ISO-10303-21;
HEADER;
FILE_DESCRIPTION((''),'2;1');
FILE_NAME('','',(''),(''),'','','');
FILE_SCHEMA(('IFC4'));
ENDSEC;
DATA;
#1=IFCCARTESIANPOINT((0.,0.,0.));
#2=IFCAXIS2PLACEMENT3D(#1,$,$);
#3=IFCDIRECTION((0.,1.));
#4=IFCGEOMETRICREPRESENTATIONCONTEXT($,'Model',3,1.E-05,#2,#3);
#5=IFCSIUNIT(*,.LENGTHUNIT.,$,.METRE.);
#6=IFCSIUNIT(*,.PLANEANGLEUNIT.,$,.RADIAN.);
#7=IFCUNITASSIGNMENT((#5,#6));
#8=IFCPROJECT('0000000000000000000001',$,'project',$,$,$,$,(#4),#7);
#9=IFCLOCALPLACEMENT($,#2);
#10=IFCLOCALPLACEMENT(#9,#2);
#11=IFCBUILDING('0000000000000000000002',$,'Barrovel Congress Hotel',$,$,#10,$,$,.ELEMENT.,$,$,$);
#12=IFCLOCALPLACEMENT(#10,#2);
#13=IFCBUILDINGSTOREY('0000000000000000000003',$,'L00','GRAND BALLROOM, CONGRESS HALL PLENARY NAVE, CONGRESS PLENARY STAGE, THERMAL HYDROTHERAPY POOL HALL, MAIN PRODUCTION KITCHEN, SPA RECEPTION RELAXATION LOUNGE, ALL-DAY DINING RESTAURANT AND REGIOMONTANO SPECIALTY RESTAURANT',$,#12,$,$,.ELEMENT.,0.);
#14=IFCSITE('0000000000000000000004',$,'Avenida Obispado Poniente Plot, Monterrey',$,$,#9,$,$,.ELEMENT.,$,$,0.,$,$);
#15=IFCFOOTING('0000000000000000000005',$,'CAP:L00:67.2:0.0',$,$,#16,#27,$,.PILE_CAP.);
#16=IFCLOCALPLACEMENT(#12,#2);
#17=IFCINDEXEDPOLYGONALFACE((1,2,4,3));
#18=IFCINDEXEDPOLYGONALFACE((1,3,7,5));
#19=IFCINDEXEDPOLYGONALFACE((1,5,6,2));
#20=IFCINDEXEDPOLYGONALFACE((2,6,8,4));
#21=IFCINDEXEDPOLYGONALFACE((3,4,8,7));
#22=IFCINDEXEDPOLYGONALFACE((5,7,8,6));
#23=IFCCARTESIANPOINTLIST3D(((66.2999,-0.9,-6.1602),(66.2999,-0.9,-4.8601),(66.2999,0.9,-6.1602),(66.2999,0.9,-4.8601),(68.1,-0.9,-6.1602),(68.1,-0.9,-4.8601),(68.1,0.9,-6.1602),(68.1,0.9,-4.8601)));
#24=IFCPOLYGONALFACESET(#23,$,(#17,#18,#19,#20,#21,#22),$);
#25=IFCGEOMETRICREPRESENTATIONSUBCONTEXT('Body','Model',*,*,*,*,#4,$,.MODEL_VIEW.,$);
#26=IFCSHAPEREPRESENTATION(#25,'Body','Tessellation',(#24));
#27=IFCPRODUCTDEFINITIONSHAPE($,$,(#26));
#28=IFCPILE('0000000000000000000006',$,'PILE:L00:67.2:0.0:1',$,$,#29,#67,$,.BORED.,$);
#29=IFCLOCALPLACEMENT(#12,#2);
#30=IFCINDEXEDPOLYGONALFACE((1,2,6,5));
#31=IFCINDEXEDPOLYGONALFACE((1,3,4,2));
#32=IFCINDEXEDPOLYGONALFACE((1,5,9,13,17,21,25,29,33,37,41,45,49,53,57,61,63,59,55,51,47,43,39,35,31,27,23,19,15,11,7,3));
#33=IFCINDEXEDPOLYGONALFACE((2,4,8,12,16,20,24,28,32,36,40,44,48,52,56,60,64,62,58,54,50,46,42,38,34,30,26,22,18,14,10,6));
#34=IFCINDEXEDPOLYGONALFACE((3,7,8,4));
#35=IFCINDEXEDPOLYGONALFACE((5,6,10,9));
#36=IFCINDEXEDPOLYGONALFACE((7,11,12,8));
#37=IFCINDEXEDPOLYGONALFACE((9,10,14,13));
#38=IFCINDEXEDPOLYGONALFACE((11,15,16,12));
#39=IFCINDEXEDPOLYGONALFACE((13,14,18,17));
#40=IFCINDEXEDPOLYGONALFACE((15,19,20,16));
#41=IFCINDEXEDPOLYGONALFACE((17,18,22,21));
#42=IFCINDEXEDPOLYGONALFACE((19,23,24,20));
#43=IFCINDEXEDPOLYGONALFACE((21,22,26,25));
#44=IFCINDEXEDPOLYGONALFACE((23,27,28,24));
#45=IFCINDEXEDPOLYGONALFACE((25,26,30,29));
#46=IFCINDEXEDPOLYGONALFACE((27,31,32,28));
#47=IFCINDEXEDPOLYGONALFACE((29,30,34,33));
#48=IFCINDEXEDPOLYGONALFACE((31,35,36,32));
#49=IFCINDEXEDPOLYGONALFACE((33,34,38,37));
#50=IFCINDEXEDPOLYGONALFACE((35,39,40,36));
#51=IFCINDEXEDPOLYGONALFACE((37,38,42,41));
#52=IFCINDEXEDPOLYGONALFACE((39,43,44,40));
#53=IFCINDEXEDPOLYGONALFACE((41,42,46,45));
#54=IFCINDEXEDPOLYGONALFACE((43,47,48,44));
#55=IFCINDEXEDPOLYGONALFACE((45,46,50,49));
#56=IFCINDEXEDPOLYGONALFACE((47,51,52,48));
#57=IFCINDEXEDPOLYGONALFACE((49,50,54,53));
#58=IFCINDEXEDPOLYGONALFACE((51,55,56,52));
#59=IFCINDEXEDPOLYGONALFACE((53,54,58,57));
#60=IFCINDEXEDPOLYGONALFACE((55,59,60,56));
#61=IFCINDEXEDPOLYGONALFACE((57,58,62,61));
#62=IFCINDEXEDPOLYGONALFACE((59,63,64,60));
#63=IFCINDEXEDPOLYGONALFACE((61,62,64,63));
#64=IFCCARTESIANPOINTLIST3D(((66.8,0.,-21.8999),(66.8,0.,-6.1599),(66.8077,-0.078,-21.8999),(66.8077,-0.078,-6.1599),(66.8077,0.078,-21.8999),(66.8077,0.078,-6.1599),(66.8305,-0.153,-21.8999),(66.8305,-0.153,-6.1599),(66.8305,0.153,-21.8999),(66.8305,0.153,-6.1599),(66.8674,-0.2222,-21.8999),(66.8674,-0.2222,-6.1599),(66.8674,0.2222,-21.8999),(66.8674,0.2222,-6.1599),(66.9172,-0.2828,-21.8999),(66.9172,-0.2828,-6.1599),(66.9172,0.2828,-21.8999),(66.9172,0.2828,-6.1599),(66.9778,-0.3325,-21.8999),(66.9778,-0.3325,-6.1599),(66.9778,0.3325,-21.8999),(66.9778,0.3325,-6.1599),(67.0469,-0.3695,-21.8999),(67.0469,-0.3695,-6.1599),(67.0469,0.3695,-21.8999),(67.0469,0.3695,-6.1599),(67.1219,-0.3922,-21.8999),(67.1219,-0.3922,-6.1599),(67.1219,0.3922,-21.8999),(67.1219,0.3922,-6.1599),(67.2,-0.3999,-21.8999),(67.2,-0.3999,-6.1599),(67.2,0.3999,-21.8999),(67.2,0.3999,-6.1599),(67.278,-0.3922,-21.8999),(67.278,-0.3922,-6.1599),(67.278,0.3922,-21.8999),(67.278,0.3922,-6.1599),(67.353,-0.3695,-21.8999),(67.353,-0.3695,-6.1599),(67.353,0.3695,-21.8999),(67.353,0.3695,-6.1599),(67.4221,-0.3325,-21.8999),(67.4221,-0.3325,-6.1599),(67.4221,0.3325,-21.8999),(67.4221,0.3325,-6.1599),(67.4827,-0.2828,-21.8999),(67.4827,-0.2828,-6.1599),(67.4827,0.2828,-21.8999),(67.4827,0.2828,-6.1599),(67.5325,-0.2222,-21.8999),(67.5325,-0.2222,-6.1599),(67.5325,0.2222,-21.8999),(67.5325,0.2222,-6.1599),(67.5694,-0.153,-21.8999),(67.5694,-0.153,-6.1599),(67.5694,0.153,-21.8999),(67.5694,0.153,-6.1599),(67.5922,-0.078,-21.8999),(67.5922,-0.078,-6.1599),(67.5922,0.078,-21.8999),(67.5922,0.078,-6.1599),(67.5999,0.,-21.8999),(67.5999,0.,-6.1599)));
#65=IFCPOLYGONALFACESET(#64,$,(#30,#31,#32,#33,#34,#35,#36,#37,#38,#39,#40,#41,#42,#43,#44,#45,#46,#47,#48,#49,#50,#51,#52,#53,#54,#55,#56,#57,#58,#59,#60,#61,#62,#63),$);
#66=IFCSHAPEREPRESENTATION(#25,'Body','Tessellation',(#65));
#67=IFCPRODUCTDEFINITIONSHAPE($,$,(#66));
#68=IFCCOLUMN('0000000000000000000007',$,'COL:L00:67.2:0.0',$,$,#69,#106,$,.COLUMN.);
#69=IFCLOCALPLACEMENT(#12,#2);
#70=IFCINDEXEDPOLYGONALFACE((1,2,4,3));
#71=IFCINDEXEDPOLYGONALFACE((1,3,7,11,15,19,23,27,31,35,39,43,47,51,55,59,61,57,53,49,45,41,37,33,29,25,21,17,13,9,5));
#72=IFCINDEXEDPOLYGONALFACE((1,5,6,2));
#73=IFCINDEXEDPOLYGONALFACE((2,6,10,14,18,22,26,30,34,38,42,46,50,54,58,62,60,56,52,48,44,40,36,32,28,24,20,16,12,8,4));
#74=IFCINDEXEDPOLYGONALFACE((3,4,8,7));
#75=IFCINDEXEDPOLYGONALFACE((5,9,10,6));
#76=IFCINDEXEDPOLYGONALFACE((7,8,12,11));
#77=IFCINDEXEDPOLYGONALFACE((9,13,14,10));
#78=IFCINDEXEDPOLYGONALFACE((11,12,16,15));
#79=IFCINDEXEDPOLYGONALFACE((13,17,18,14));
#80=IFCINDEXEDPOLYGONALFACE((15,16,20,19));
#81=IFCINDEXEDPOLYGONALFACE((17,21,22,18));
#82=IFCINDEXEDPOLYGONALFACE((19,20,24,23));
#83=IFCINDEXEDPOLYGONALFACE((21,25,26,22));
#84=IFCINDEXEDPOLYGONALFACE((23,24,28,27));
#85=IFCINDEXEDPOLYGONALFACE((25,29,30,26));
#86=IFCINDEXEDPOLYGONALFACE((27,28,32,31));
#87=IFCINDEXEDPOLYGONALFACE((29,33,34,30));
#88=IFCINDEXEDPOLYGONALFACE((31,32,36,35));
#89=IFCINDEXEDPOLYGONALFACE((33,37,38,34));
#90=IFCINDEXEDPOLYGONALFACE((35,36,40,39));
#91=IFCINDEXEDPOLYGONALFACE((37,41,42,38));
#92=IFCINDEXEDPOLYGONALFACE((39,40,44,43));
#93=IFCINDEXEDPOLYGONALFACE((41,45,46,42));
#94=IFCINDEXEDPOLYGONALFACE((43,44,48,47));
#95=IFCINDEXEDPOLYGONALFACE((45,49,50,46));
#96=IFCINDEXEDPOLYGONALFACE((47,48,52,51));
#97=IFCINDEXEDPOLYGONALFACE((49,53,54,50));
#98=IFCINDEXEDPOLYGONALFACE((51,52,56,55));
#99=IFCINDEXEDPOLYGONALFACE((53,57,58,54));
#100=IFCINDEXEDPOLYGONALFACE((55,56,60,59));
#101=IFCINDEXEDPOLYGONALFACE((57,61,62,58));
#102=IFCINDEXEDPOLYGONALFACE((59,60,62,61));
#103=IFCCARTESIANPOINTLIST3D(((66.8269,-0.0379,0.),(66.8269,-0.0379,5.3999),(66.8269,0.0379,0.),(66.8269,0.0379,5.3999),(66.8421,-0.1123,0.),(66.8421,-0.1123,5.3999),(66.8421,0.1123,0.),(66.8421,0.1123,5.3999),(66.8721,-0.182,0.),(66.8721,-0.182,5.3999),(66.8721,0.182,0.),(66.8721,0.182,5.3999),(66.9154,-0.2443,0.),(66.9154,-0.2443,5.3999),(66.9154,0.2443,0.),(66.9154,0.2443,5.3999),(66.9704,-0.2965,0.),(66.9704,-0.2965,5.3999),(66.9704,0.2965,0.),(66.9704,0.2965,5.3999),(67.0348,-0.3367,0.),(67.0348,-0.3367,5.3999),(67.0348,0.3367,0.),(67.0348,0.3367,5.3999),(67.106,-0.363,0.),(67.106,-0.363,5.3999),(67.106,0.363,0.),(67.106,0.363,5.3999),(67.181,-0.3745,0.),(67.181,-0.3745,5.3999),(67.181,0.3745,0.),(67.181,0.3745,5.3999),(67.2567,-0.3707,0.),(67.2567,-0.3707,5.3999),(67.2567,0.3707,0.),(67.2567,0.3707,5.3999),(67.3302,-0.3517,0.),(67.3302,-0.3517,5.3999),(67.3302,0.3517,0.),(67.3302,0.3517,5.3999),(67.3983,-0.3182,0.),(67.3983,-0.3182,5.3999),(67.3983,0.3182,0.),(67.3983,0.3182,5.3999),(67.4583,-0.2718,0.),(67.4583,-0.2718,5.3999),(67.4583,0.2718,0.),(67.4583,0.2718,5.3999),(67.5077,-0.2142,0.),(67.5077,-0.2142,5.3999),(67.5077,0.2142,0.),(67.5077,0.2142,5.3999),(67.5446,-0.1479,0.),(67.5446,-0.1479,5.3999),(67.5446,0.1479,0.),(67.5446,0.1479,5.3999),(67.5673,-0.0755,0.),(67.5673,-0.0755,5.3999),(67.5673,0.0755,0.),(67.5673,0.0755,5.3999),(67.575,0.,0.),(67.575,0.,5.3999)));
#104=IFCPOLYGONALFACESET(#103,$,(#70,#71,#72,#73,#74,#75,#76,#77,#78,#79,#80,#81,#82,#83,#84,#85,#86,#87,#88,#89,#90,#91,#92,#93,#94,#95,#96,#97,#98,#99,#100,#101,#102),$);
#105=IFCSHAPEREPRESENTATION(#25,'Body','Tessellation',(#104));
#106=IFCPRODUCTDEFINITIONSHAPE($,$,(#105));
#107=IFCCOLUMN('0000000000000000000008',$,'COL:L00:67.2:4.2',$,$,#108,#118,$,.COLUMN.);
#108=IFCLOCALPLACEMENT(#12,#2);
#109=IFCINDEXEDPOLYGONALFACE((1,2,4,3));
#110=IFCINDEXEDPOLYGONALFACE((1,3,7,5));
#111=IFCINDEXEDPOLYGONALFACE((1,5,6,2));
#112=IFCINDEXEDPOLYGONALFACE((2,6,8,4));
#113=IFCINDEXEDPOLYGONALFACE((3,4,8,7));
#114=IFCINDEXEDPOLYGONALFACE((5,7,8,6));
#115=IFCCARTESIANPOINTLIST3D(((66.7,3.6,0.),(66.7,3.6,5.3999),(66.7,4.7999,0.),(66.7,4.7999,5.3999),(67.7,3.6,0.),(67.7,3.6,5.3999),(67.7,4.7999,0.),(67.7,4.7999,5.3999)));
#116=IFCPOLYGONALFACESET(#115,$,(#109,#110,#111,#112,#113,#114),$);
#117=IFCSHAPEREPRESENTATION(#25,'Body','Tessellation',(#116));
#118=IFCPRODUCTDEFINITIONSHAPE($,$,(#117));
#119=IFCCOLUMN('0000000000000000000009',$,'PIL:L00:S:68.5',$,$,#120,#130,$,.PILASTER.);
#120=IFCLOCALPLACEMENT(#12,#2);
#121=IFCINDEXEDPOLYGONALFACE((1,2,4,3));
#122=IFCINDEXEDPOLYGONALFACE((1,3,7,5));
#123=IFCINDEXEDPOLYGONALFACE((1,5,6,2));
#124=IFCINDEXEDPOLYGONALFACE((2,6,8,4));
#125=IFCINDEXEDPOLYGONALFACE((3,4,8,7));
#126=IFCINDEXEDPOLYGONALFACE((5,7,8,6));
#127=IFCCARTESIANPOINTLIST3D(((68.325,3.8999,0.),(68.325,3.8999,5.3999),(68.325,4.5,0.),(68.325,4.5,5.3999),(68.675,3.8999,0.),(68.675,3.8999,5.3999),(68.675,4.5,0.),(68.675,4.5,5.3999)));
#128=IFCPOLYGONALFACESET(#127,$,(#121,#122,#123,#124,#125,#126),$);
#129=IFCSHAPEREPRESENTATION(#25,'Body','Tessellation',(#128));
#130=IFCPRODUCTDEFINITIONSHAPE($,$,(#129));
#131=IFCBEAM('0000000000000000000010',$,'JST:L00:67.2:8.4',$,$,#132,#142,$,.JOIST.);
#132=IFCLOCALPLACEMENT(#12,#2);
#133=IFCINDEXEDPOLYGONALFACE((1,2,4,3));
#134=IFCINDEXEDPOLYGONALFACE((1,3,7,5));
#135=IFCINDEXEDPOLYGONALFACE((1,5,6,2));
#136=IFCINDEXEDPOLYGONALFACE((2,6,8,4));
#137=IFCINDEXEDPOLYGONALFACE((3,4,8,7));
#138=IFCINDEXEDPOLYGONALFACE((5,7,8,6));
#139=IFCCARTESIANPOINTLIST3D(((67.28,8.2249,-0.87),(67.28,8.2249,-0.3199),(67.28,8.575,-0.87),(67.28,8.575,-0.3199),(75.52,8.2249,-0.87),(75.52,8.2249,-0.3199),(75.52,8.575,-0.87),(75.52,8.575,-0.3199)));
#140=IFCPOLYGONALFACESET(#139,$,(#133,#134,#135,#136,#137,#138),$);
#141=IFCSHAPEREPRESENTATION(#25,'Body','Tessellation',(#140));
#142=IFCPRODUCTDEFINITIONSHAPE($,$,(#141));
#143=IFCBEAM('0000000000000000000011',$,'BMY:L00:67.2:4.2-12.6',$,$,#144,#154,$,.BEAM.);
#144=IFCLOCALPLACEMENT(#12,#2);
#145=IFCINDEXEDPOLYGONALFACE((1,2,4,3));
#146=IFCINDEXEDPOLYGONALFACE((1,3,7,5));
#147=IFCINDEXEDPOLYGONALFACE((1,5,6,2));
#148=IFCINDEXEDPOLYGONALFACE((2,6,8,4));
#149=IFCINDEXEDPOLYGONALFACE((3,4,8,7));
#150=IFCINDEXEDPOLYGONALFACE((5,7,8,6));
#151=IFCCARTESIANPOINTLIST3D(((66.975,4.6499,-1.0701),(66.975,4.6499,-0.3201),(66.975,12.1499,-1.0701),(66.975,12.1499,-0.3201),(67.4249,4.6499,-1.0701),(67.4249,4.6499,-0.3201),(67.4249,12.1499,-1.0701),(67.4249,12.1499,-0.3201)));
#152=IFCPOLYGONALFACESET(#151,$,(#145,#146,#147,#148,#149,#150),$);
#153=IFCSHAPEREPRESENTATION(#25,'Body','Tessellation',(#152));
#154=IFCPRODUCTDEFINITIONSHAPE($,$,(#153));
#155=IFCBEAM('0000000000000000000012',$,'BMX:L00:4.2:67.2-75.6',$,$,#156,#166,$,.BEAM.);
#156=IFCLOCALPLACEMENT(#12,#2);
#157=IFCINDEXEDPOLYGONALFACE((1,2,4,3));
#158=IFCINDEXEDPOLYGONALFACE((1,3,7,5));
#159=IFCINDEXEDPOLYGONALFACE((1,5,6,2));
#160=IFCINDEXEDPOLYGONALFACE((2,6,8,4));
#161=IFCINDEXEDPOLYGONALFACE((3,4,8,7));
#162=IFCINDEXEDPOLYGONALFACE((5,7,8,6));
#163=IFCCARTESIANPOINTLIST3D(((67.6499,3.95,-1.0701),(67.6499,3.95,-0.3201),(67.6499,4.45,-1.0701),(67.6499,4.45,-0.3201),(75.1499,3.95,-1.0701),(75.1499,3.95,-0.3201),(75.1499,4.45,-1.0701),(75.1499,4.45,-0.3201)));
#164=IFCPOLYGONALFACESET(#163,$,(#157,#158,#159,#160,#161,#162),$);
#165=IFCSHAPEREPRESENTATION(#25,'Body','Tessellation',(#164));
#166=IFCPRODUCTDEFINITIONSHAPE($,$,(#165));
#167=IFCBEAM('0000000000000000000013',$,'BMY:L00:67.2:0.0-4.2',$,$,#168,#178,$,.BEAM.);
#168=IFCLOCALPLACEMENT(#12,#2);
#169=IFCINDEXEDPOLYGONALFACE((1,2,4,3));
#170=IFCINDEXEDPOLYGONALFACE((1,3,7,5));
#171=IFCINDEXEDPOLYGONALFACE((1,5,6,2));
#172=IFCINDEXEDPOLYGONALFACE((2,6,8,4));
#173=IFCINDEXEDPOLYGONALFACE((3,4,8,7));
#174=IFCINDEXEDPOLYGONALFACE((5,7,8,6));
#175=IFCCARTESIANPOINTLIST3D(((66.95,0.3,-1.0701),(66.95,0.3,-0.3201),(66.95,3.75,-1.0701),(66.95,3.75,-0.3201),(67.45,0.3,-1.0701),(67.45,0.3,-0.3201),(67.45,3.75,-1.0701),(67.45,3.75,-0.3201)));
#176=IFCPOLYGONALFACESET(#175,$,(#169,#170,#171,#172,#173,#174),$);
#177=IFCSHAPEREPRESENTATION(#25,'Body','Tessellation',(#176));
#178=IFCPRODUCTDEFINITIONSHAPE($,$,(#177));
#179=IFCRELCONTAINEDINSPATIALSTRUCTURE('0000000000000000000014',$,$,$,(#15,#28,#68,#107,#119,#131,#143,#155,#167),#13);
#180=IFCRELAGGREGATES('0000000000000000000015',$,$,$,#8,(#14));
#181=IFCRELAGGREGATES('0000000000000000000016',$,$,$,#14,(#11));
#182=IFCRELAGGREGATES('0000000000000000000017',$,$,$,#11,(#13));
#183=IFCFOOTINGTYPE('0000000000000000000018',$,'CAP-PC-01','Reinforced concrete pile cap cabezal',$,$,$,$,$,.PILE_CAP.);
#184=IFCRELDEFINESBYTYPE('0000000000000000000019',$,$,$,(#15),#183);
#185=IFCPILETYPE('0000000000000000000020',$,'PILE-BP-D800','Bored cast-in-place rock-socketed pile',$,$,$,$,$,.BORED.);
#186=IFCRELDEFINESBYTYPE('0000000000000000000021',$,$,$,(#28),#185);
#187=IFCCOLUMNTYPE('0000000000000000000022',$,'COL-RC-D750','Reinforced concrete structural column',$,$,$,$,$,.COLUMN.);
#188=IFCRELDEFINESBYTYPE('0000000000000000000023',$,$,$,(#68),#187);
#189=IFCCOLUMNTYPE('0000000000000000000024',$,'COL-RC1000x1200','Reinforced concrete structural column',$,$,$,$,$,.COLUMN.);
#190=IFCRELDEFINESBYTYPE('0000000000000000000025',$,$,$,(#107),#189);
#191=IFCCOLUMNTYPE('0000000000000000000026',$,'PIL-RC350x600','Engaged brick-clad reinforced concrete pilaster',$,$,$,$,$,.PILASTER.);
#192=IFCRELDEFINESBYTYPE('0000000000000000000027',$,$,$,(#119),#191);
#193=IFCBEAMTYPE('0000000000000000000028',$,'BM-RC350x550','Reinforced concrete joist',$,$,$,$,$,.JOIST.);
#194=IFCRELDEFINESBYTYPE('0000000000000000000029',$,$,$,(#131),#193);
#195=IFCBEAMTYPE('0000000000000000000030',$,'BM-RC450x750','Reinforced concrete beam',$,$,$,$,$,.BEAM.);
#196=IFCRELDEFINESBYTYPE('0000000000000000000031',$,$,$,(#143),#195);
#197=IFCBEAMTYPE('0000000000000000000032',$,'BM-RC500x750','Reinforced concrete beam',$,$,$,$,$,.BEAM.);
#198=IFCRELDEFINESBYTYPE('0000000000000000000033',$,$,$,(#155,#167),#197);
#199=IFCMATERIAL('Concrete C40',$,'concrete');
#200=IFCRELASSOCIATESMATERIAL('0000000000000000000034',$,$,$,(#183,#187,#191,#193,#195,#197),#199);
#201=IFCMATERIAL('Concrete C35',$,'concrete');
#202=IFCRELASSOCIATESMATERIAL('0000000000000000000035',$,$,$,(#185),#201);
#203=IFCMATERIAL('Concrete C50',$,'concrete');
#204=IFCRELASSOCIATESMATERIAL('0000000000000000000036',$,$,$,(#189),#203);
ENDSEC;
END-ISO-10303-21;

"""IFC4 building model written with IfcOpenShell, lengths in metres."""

from ifc_helpers import new_model, si_unit, direction, frame, origin, origin_2d, place, context, subcontext, project, spatial, rectangle, circle, extrude, material, material_profile, profile_set, type_object, element, save


model = new_model("IFC4")

# Units and contexts
model_context = context("Model", 3, precision=1e-05, world=origin(), true_north=direction((0.0, 1.0)))
body_context = subcontext(model_context, "Body", "Model", "MODEL_VIEW")
ifc_project = project(units=[si_unit("LENGTHUNIT", "METRE"), si_unit("PLANEANGLEUNIT", "RADIAN")], contexts=[model_context])

# Site, building, storey
site_placement = place(None, origin())
site = spatial("IfcSite", under=ifc_project, at=site_placement, Name="Avenida Obispado Poniente Plot, Monterrey", CompositionType="ELEMENT", RefElevation=0.0)
building_placement = place(site_placement, origin())
building = spatial("IfcBuilding", under=site, at=building_placement, Name="Barrovel Congress Hotel", CompositionType="ELEMENT")
storey_placement = place(building_placement, origin())
storey = spatial("IfcBuildingStorey", under=building, at=storey_placement, Name="L00", Description="GRAND BALLROOM, CONGRESS HALL PLENARY NAVE, CONGRESS PLENARY STAGE, THERMAL HYDROTHERAPY POOL HALL, MAIN PRODUCTION KITCHEN, SPA RECEPTION RELAXATION LOUNGE, ALL-DAY DINING RESTAURANT AND REGIOMONTANO SPECIALTY RESTAURANT", CompositionType="ELEMENT", Elevation=0.0)

# Footing
ifc_material_1 = material(Name="Concrete C40", Category="concrete")
footing_type = type_object("IfcFootingType", Name="CAP-PC-01", Description="Reinforced concrete pile cap cabezal", PredefinedType="PILE_CAP", material=ifc_material_1)
footing_placement = place(storey_placement, frame((67.2, 0.0, -6.1602), z_axis=(0.0, 0.0, 1.0), x_axis=(1.0, 0.0, 0.0)))
element("IfcFooting", 1, at=footing_placement, inside=storey, type_object=footing_type, Name="CAP:L00:67.2:0.0", PredefinedType="PILE_CAP", context=body_context, shape_type="SweptSolid", body=[
    extrude(rectangle(XDim=1.8, YDim=1.8, at=origin_2d()), origin(), (0.0, 0.0, 1.0), 1.3),
])

# Pile
ifc_material_2 = material(Name="Concrete C35", Category="concrete")
ifc_material_profile_1 = material_profile(ifc_material_2, circle(Radius=0.3999, at=origin_2d()), Name="BP-D800")
ifc_profile_set_1 = profile_set([ifc_material_profile_1], Name="Concrete C35")
pile_type = type_object("IfcPileType", Name="PILE-BP-D800", Description="Bored cast-in-place rock-socketed pile", PredefinedType="BORED", material=ifc_profile_set_1)
pile_placement = place(storey_placement, frame((67.2, 0.0, -6.1599), z_axis=(0.0, 0.0, -1.0), x_axis=(1.0, 0.0, 0.0)))
element("IfcPile", 2, at=pile_placement, inside=storey, type_object=pile_type, Name="PILE:L00:67.2:0.0:1", PredefinedType="BORED", context=body_context, shape_type="SweptSolid", body=[
    extrude(circle(Radius=0.3999, at=origin_2d()), origin(), (0.0, 0.0, 1.0), 15.74),
])

# Columns
ifc_material_profile_2 = material_profile(ifc_material_1, circle(Radius=0.375, at=origin_2d()), Name="RC-D750")
ifc_profile_set_2 = profile_set([ifc_material_profile_2], Name="Concrete C40")
column_type_1 = type_object("IfcColumnType", Name="COL-RC-D750", Description="Reinforced concrete structural column", PredefinedType="COLUMN", material=ifc_profile_set_2)
column_1_placement = place(storey_placement, frame((67.2, 0.0, 0.0), z_axis=(0.0, 0.0, 1.0), x_axis=(1.0, 0.0, 0.0)))
element("IfcColumn", 3, at=column_1_placement, inside=storey, type_object=column_type_1, Name="COL:L00:67.2:0.0", PredefinedType="COLUMN", context=body_context, shape_type="SweptSolid", body=[
    extrude(circle(Radius=0.375, at=origin_2d()), origin(), (0.0, 0.0, 1.0), 5.3999),
])
ifc_material_3 = material(Name="Concrete C50", Category="concrete")
ifc_material_profile_3 = material_profile(ifc_material_3, rectangle(XDim=1.0, YDim=1.2, at=origin_2d()), Name="RC1000x1200")
ifc_profile_set_3 = profile_set([ifc_material_profile_3], Name="Concrete C50")
column_type_2 = type_object("IfcColumnType", Name="COL-RC1000x1200", Description="Reinforced concrete structural column", PredefinedType="COLUMN", material=ifc_profile_set_3)
column_2_placement = place(storey_placement, frame((67.2, 4.2, 0.0), z_axis=(0.0, 0.0, 1.0), x_axis=(1.0, 0.0, 0.0)))
element("IfcColumn", 4, at=column_2_placement, inside=storey, type_object=column_type_2, Name="COL:L00:67.2:4.2", PredefinedType="COLUMN", context=body_context, shape_type="SweptSolid", body=[
    extrude(rectangle(XDim=1.0, YDim=1.2, at=origin_2d()), origin(), (0.0, 0.0, 1.0), 5.3999),
])
ifc_material_profile_4 = material_profile(ifc_material_1, rectangle(XDim=0.3501, YDim=0.6001, at=origin_2d()), Name="RC350x600")
ifc_profile_set_4 = profile_set([ifc_material_profile_4], Name="Concrete C40")
column_type_3 = type_object("IfcColumnType", Name="PIL-RC350x600", Description="Engaged brick-clad reinforced concrete pilaster", PredefinedType="PILASTER", material=ifc_profile_set_4)
column_3_placement = place(storey_placement, frame((68.5, 4.2, 0.0), z_axis=(0.0, 0.0, 1.0), x_axis=(1.0, 0.0, 0.0)))
element("IfcColumn", 5, at=column_3_placement, inside=storey, type_object=column_type_3, Name="PIL:L00:S:68.5", PredefinedType="PILASTER", context=body_context, shape_type="SweptSolid", body=[
    extrude(rectangle(XDim=0.3501, YDim=0.6001, at=origin_2d()), origin(), (0.0, 0.0, 1.0), 5.3999),
])

# Beams
ifc_material_profile_5 = material_profile(ifc_material_1, rectangle(XDim=0.3501, YDim=0.55, at=origin_2d()), Name="RC350x550")
ifc_profile_set_5 = profile_set([ifc_material_profile_5], Name="Concrete C40")
beam_type_1 = type_object("IfcBeamType", Name="BM-RC350x550", Description="Reinforced concrete joist", PredefinedType="JOIST", material=ifc_profile_set_5)
beam_1_placement = place(storey_placement, frame((67.28, 8.3999, -0.595), z_axis=(1.0, 0.0, 0.0), x_axis=(0.0, 1.0, 0.0)))
element("IfcBeam", 6, at=beam_1_placement, inside=storey, type_object=beam_type_1, Name="JST:L00:67.2:8.4", PredefinedType="JOIST", context=body_context, shape_type="SweptSolid", body=[
    extrude(rectangle(XDim=0.3501, YDim=0.55, at=origin_2d()), origin(), (0.0, 0.0, 1.0), 8.24),
])
ifc_material_profile_6 = material_profile(ifc_material_1, rectangle(XDim=0.45, YDim=0.75, at=origin_2d()), Name="RC450x750")
ifc_profile_set_6 = profile_set([ifc_material_profile_6], Name="Concrete C40")
beam_type_2 = type_object("IfcBeamType", Name="BM-RC450x750", Description="Reinforced concrete beam", PredefinedType="BEAM", material=ifc_profile_set_6)
beam_2_placement = place(storey_placement, frame((67.2, 4.6499, -0.6951), z_axis=(0.0, 1.0, 0.0), x_axis=(-1.0, 0.0, 0.0)))
element("IfcBeam", 7, at=beam_2_placement, inside=storey, type_object=beam_type_2, Name="BMY:L00:67.2:4.2-12.6", PredefinedType="BEAM", context=body_context, shape_type="SweptSolid", body=[
    extrude(rectangle(XDim=0.45, YDim=0.75, at=origin_2d()), origin(), (0.0, 0.0, 1.0), 7.5),
])
ifc_material_profile_7 = material_profile(ifc_material_1, rectangle(XDim=0.5, YDim=0.75, at=origin_2d()), Name="RC500x750")
ifc_profile_set_7 = profile_set([ifc_material_profile_7], Name="Concrete C40")
beam_type_3 = type_object("IfcBeamType", Name="BM-RC500x750", Description="Reinforced concrete beam", PredefinedType="BEAM", material=ifc_profile_set_7)
beam_3_placement = place(storey_placement, frame((67.6499, 4.2, -0.6951), z_axis=(1.0, 0.0, 0.0), x_axis=(0.0, 1.0, 0.0)))
element("IfcBeam", 8, at=beam_3_placement, inside=storey, type_object=beam_type_3, Name="BMX:L00:4.2:67.2-75.6", PredefinedType="BEAM", context=body_context, shape_type="SweptSolid", body=[
    extrude(rectangle(XDim=0.5, YDim=0.75, at=origin_2d()), origin(), (0.0, 0.0, 1.0), 7.5),
])
beam_4_placement = place(storey_placement, frame((67.2, 0.3, -0.6951), z_axis=(0.0, 1.0, 0.0), x_axis=(-1.0, 0.0, 0.0)))
element("IfcBeam", 9, at=beam_4_placement, inside=storey, type_object=beam_type_3, Name="BMY:L00:67.2:0.0-4.2", PredefinedType="BEAM", context=body_context, shape_type="SweptSolid", body=[
    extrude(rectangle(XDim=0.5, YDim=0.75, at=origin_2d()), origin(), (0.0, 0.0, 1.0), 3.45),
])

save(model, "model.ifc")
